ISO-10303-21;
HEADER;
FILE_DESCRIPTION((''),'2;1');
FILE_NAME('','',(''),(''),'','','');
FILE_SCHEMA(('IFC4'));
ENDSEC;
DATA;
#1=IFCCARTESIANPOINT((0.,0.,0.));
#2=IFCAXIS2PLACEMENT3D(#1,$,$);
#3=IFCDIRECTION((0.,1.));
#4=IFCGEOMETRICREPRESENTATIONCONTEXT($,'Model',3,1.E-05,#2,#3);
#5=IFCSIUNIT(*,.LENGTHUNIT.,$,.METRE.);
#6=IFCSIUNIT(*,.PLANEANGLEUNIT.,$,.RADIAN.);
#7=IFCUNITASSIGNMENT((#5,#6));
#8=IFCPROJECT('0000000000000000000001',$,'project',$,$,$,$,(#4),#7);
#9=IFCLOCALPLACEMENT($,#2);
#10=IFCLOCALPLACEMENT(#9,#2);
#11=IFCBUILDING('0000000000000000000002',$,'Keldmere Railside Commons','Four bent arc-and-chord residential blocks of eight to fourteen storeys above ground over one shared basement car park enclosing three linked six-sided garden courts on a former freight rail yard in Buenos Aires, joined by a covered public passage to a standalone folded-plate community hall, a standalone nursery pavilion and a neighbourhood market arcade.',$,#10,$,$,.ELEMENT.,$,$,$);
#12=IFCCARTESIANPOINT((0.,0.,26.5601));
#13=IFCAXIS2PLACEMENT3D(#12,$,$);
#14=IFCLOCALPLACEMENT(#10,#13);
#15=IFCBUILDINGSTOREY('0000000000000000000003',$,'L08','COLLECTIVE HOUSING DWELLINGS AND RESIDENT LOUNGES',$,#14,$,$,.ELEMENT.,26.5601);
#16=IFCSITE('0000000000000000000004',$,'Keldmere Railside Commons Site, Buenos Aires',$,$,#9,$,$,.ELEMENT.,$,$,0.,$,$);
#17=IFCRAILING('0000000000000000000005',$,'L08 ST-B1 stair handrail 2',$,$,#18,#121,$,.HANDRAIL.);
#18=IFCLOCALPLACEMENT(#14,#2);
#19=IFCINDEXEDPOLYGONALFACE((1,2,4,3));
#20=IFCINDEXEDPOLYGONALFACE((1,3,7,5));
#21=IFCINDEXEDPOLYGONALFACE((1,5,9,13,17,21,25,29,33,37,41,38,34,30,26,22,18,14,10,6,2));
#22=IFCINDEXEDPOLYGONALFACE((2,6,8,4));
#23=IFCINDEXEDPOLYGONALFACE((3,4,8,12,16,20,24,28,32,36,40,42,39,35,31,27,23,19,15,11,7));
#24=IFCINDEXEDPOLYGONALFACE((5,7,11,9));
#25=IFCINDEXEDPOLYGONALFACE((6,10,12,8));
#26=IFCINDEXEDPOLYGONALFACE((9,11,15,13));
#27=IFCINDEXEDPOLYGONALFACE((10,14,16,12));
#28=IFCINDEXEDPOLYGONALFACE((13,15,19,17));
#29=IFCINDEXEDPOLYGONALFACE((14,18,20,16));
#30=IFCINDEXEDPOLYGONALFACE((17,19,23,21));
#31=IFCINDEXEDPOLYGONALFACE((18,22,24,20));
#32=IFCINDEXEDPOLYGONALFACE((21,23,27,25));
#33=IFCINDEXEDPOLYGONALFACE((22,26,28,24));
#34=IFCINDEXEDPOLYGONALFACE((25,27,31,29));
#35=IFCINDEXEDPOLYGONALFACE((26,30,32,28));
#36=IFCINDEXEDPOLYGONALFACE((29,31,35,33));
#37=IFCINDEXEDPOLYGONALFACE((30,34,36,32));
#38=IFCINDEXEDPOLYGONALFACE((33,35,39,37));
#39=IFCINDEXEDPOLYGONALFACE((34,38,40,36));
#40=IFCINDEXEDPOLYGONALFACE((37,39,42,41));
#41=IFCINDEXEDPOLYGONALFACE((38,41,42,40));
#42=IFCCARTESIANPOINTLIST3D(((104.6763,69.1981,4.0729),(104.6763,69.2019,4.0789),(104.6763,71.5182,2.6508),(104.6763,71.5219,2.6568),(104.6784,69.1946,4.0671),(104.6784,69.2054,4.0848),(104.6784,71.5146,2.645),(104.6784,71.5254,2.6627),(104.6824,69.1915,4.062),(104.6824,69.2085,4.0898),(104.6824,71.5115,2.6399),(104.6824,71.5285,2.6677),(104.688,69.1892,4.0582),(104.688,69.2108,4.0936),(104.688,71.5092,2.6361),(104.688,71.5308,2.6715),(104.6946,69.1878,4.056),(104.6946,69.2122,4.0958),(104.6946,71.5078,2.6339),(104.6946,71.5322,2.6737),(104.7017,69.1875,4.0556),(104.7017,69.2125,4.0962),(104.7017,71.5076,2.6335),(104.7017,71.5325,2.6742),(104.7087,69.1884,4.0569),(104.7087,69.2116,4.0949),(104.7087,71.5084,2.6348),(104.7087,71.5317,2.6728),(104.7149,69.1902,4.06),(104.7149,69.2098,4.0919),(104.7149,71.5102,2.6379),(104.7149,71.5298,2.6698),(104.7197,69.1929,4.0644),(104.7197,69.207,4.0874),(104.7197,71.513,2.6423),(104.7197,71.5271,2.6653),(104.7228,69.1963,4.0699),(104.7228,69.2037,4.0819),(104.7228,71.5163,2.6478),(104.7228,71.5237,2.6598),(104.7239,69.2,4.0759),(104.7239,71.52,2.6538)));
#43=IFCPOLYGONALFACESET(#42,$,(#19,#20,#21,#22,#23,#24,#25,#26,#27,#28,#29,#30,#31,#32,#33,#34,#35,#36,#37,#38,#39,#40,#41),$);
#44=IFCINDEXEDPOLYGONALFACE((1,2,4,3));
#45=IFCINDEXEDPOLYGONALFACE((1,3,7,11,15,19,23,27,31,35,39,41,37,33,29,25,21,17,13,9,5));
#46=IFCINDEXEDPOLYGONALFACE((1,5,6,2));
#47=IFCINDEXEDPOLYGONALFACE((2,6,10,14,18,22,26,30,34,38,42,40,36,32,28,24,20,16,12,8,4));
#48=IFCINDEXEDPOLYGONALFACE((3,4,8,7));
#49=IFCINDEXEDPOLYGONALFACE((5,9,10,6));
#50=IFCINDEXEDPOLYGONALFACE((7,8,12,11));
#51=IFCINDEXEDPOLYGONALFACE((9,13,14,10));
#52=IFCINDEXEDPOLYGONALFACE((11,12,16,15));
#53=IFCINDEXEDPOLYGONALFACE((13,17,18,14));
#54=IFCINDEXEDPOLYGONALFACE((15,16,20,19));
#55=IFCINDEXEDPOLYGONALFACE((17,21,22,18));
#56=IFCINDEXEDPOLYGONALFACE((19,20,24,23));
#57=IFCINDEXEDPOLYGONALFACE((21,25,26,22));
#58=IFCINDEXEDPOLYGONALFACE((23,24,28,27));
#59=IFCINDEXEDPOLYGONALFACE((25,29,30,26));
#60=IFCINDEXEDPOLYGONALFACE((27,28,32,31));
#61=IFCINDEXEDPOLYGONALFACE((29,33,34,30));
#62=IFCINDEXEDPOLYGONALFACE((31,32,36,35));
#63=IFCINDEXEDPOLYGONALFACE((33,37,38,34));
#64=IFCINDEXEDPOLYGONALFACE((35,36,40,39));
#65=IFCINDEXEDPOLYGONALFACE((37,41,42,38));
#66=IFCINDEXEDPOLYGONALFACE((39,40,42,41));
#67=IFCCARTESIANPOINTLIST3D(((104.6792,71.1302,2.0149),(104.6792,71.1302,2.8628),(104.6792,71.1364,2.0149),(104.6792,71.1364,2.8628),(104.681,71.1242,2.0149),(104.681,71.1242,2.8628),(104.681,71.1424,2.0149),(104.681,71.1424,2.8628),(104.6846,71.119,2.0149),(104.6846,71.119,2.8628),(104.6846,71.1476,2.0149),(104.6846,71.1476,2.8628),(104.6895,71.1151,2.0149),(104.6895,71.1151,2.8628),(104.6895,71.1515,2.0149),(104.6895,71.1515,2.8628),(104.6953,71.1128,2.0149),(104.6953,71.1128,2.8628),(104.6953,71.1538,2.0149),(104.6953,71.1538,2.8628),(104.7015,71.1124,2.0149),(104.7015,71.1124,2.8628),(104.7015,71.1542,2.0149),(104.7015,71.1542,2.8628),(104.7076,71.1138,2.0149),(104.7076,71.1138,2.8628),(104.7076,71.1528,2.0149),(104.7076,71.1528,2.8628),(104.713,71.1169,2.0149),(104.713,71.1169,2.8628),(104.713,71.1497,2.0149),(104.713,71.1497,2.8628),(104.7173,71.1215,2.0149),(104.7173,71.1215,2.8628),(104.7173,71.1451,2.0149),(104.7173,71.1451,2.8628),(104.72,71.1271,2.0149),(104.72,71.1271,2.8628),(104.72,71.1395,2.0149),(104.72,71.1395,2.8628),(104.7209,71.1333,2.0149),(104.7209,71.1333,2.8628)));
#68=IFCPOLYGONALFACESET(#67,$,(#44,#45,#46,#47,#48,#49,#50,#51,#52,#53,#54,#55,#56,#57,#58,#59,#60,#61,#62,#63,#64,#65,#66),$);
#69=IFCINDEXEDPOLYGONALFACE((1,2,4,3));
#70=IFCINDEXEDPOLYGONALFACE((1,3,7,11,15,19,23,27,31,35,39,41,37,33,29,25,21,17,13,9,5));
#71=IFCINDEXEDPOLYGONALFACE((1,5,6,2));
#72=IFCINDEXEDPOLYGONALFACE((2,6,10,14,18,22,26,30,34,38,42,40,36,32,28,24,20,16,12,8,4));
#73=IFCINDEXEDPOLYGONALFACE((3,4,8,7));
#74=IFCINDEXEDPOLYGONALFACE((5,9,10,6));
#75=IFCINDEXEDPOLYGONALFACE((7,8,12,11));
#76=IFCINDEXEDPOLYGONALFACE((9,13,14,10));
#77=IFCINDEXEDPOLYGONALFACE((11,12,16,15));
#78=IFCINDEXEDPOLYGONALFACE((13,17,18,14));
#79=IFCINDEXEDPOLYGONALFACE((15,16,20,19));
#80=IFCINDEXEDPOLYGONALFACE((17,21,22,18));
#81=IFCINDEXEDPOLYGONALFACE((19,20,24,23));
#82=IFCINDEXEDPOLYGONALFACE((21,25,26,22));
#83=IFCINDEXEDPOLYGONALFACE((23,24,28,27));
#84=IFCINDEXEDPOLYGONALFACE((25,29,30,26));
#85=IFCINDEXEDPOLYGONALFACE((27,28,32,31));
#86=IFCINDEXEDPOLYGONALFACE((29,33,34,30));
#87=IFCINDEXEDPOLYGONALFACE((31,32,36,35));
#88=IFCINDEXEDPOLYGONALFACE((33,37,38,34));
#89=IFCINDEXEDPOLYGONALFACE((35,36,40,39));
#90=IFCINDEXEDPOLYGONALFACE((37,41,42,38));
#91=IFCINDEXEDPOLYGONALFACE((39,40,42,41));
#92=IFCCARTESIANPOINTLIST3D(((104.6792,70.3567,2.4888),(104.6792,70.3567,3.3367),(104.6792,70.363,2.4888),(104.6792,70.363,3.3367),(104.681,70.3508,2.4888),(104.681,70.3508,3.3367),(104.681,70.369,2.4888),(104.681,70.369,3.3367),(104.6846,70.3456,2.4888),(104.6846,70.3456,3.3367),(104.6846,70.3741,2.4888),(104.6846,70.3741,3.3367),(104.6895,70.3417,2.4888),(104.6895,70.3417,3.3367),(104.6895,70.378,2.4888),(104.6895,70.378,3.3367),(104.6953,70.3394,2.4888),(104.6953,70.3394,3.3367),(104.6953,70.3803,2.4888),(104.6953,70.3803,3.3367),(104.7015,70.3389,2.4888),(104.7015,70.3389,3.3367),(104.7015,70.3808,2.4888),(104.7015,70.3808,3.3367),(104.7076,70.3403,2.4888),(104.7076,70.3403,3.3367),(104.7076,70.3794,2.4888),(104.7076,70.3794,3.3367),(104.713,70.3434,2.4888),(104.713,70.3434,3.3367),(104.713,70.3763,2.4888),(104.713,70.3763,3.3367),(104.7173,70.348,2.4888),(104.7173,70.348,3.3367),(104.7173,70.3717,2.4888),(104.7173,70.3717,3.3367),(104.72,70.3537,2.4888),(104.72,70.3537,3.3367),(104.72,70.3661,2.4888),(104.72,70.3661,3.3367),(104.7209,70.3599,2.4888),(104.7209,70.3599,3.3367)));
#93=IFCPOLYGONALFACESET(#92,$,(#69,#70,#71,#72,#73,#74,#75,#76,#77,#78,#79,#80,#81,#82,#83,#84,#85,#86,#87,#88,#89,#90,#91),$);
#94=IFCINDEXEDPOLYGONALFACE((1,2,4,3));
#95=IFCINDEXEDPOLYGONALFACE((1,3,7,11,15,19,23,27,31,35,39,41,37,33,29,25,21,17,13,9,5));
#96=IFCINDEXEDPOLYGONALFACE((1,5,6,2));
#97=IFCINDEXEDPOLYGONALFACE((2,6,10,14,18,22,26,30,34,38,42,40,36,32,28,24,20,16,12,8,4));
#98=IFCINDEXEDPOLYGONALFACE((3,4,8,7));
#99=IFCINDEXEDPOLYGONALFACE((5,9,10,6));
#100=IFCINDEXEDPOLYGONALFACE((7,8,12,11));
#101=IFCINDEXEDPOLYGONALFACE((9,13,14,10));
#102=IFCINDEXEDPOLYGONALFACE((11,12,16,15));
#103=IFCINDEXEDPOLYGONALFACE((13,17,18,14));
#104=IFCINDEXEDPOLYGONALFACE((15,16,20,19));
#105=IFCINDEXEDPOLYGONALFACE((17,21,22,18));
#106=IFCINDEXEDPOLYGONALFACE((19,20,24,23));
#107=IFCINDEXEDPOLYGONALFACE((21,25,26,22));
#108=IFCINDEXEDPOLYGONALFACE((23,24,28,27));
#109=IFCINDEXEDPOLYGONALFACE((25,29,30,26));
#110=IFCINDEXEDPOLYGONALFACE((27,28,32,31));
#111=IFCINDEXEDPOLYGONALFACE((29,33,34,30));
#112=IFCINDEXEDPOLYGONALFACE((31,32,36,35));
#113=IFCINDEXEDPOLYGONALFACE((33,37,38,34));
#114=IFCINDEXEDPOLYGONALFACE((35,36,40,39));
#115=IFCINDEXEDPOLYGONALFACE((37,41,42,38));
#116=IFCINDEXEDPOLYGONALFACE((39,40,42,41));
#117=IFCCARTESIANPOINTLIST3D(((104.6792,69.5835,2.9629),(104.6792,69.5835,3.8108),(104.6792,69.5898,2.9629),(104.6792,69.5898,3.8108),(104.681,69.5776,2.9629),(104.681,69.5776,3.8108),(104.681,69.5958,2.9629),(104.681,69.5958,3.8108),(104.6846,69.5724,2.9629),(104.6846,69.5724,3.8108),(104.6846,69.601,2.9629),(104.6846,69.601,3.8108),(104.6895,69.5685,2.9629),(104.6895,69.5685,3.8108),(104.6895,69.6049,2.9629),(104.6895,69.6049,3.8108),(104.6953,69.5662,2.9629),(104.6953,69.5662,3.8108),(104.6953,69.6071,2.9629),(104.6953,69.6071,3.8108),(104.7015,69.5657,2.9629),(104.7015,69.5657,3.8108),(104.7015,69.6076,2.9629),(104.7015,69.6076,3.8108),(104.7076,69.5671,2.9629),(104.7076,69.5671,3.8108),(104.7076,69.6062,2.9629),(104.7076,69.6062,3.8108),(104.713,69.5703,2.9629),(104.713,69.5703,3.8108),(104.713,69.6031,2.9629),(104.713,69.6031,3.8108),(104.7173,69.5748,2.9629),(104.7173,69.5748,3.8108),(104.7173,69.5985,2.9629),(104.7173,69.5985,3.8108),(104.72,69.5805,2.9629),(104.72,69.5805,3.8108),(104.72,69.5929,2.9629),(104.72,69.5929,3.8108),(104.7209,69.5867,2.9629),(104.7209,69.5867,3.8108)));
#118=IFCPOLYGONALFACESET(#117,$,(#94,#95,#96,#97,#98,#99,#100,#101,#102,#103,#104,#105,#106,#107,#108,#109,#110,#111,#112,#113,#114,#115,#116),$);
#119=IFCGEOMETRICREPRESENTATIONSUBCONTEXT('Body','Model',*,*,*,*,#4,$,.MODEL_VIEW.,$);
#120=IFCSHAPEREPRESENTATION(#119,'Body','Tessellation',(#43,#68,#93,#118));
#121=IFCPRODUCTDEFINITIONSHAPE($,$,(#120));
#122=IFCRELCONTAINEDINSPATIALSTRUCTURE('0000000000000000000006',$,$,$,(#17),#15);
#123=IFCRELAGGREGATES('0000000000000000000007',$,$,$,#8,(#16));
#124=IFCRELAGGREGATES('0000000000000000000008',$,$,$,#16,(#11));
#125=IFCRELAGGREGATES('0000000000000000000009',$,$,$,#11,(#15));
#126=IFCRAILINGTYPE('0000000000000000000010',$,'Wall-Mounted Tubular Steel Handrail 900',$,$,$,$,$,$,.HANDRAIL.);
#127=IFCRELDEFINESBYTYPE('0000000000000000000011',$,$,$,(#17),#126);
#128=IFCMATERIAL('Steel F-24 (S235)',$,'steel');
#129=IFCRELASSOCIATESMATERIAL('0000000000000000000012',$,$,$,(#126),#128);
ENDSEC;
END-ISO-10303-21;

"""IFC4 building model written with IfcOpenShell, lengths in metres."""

from ifc_helpers import new_model, si_unit, direction, frame, origin, origin_2d, place, context, subcontext, project, spatial, circle, extrude, material, type_object, element, save


model = new_model("IFC4")

# Units and contexts
model_context = context("Model", 3, precision=1e-05, world=origin(), true_north=direction((0.0, 1.0)))
body_context = subcontext(model_context, "Body", "Model", "MODEL_VIEW")
ifc_project = project(units=[si_unit("LENGTHUNIT", "METRE"), si_unit("PLANEANGLEUNIT", "RADIAN")], contexts=[model_context])

# Site, building, storey
site_placement = place(None, origin())
site = spatial("IfcSite", under=ifc_project, at=site_placement, Name="Keldmere Railside Commons Site, Buenos Aires", CompositionType="ELEMENT", RefElevation=0.0)
building_placement = place(site_placement, origin())
building = spatial("IfcBuilding", under=site, at=building_placement, Name="Keldmere Railside Commons", Description="Four bent arc-and-chord residential blocks of eight to fourteen storeys above ground over one shared basement car park enclosing three linked six-sided garden courts on a former freight rail yard in Buenos Aires, joined by a covered public passage to a standalone folded-plate community hall, a standalone nursery pavilion and a neighbourhood market arcade.", CompositionType="ELEMENT")
storey_placement = place(building_placement, frame((0.0, 0.0, 26.5601)))
storey = spatial("IfcBuildingStorey", under=building, at=storey_placement, Name="L08", Description="COLLECTIVE HOUSING DWELLINGS AND RESIDENT LOUNGES", CompositionType="ELEMENT", Elevation=26.5601)

# Railing
ifc_material_1 = material(Name="Steel F-24 (S235)", Category="steel")
railing_type_1 = type_object("IfcRailingType", Name="Wall-Mounted Tubular Steel Handrail 900", PredefinedType="HANDRAIL", material=ifc_material_1)
railing_1_placement = place(storey_placement, frame((104.7, 71.52, 1.7778)))
element("IfcRailing", 1, at=railing_1_placement, inside=storey, type_object=railing_type_1, Name="L08 ST-B1 stair handrail 2", PredefinedType="HANDRAIL", context=body_context, shape_type="SweptSolid", body=[
    extrude(circle(Radius=0.0239, at=origin_2d()), frame((0.0, 0.0, 0.876), z_axis=(0.0, -0.852578, 0.5226), x_axis=(1.0, 0.0, 0.0)), (0.0, 0.0, 1.0), 2.7212),
    extrude(circle(Radius=0.021, at=origin_2d()), frame((0.0, -0.3867, 0.2371)), (0.0, 0.0, 1.0), 0.8479),
    extrude(circle(Radius=0.021, at=origin_2d()), frame((0.0, -1.1602, 0.7109)), (0.0, 0.0, 1.0), 0.8479),
    extrude(circle(Radius=0.021, at=origin_2d()), frame((0.0, -1.9333, 1.1851)), (0.0, 0.0, 1.0), 0.8479),
])

save(model, "model.ifc")
